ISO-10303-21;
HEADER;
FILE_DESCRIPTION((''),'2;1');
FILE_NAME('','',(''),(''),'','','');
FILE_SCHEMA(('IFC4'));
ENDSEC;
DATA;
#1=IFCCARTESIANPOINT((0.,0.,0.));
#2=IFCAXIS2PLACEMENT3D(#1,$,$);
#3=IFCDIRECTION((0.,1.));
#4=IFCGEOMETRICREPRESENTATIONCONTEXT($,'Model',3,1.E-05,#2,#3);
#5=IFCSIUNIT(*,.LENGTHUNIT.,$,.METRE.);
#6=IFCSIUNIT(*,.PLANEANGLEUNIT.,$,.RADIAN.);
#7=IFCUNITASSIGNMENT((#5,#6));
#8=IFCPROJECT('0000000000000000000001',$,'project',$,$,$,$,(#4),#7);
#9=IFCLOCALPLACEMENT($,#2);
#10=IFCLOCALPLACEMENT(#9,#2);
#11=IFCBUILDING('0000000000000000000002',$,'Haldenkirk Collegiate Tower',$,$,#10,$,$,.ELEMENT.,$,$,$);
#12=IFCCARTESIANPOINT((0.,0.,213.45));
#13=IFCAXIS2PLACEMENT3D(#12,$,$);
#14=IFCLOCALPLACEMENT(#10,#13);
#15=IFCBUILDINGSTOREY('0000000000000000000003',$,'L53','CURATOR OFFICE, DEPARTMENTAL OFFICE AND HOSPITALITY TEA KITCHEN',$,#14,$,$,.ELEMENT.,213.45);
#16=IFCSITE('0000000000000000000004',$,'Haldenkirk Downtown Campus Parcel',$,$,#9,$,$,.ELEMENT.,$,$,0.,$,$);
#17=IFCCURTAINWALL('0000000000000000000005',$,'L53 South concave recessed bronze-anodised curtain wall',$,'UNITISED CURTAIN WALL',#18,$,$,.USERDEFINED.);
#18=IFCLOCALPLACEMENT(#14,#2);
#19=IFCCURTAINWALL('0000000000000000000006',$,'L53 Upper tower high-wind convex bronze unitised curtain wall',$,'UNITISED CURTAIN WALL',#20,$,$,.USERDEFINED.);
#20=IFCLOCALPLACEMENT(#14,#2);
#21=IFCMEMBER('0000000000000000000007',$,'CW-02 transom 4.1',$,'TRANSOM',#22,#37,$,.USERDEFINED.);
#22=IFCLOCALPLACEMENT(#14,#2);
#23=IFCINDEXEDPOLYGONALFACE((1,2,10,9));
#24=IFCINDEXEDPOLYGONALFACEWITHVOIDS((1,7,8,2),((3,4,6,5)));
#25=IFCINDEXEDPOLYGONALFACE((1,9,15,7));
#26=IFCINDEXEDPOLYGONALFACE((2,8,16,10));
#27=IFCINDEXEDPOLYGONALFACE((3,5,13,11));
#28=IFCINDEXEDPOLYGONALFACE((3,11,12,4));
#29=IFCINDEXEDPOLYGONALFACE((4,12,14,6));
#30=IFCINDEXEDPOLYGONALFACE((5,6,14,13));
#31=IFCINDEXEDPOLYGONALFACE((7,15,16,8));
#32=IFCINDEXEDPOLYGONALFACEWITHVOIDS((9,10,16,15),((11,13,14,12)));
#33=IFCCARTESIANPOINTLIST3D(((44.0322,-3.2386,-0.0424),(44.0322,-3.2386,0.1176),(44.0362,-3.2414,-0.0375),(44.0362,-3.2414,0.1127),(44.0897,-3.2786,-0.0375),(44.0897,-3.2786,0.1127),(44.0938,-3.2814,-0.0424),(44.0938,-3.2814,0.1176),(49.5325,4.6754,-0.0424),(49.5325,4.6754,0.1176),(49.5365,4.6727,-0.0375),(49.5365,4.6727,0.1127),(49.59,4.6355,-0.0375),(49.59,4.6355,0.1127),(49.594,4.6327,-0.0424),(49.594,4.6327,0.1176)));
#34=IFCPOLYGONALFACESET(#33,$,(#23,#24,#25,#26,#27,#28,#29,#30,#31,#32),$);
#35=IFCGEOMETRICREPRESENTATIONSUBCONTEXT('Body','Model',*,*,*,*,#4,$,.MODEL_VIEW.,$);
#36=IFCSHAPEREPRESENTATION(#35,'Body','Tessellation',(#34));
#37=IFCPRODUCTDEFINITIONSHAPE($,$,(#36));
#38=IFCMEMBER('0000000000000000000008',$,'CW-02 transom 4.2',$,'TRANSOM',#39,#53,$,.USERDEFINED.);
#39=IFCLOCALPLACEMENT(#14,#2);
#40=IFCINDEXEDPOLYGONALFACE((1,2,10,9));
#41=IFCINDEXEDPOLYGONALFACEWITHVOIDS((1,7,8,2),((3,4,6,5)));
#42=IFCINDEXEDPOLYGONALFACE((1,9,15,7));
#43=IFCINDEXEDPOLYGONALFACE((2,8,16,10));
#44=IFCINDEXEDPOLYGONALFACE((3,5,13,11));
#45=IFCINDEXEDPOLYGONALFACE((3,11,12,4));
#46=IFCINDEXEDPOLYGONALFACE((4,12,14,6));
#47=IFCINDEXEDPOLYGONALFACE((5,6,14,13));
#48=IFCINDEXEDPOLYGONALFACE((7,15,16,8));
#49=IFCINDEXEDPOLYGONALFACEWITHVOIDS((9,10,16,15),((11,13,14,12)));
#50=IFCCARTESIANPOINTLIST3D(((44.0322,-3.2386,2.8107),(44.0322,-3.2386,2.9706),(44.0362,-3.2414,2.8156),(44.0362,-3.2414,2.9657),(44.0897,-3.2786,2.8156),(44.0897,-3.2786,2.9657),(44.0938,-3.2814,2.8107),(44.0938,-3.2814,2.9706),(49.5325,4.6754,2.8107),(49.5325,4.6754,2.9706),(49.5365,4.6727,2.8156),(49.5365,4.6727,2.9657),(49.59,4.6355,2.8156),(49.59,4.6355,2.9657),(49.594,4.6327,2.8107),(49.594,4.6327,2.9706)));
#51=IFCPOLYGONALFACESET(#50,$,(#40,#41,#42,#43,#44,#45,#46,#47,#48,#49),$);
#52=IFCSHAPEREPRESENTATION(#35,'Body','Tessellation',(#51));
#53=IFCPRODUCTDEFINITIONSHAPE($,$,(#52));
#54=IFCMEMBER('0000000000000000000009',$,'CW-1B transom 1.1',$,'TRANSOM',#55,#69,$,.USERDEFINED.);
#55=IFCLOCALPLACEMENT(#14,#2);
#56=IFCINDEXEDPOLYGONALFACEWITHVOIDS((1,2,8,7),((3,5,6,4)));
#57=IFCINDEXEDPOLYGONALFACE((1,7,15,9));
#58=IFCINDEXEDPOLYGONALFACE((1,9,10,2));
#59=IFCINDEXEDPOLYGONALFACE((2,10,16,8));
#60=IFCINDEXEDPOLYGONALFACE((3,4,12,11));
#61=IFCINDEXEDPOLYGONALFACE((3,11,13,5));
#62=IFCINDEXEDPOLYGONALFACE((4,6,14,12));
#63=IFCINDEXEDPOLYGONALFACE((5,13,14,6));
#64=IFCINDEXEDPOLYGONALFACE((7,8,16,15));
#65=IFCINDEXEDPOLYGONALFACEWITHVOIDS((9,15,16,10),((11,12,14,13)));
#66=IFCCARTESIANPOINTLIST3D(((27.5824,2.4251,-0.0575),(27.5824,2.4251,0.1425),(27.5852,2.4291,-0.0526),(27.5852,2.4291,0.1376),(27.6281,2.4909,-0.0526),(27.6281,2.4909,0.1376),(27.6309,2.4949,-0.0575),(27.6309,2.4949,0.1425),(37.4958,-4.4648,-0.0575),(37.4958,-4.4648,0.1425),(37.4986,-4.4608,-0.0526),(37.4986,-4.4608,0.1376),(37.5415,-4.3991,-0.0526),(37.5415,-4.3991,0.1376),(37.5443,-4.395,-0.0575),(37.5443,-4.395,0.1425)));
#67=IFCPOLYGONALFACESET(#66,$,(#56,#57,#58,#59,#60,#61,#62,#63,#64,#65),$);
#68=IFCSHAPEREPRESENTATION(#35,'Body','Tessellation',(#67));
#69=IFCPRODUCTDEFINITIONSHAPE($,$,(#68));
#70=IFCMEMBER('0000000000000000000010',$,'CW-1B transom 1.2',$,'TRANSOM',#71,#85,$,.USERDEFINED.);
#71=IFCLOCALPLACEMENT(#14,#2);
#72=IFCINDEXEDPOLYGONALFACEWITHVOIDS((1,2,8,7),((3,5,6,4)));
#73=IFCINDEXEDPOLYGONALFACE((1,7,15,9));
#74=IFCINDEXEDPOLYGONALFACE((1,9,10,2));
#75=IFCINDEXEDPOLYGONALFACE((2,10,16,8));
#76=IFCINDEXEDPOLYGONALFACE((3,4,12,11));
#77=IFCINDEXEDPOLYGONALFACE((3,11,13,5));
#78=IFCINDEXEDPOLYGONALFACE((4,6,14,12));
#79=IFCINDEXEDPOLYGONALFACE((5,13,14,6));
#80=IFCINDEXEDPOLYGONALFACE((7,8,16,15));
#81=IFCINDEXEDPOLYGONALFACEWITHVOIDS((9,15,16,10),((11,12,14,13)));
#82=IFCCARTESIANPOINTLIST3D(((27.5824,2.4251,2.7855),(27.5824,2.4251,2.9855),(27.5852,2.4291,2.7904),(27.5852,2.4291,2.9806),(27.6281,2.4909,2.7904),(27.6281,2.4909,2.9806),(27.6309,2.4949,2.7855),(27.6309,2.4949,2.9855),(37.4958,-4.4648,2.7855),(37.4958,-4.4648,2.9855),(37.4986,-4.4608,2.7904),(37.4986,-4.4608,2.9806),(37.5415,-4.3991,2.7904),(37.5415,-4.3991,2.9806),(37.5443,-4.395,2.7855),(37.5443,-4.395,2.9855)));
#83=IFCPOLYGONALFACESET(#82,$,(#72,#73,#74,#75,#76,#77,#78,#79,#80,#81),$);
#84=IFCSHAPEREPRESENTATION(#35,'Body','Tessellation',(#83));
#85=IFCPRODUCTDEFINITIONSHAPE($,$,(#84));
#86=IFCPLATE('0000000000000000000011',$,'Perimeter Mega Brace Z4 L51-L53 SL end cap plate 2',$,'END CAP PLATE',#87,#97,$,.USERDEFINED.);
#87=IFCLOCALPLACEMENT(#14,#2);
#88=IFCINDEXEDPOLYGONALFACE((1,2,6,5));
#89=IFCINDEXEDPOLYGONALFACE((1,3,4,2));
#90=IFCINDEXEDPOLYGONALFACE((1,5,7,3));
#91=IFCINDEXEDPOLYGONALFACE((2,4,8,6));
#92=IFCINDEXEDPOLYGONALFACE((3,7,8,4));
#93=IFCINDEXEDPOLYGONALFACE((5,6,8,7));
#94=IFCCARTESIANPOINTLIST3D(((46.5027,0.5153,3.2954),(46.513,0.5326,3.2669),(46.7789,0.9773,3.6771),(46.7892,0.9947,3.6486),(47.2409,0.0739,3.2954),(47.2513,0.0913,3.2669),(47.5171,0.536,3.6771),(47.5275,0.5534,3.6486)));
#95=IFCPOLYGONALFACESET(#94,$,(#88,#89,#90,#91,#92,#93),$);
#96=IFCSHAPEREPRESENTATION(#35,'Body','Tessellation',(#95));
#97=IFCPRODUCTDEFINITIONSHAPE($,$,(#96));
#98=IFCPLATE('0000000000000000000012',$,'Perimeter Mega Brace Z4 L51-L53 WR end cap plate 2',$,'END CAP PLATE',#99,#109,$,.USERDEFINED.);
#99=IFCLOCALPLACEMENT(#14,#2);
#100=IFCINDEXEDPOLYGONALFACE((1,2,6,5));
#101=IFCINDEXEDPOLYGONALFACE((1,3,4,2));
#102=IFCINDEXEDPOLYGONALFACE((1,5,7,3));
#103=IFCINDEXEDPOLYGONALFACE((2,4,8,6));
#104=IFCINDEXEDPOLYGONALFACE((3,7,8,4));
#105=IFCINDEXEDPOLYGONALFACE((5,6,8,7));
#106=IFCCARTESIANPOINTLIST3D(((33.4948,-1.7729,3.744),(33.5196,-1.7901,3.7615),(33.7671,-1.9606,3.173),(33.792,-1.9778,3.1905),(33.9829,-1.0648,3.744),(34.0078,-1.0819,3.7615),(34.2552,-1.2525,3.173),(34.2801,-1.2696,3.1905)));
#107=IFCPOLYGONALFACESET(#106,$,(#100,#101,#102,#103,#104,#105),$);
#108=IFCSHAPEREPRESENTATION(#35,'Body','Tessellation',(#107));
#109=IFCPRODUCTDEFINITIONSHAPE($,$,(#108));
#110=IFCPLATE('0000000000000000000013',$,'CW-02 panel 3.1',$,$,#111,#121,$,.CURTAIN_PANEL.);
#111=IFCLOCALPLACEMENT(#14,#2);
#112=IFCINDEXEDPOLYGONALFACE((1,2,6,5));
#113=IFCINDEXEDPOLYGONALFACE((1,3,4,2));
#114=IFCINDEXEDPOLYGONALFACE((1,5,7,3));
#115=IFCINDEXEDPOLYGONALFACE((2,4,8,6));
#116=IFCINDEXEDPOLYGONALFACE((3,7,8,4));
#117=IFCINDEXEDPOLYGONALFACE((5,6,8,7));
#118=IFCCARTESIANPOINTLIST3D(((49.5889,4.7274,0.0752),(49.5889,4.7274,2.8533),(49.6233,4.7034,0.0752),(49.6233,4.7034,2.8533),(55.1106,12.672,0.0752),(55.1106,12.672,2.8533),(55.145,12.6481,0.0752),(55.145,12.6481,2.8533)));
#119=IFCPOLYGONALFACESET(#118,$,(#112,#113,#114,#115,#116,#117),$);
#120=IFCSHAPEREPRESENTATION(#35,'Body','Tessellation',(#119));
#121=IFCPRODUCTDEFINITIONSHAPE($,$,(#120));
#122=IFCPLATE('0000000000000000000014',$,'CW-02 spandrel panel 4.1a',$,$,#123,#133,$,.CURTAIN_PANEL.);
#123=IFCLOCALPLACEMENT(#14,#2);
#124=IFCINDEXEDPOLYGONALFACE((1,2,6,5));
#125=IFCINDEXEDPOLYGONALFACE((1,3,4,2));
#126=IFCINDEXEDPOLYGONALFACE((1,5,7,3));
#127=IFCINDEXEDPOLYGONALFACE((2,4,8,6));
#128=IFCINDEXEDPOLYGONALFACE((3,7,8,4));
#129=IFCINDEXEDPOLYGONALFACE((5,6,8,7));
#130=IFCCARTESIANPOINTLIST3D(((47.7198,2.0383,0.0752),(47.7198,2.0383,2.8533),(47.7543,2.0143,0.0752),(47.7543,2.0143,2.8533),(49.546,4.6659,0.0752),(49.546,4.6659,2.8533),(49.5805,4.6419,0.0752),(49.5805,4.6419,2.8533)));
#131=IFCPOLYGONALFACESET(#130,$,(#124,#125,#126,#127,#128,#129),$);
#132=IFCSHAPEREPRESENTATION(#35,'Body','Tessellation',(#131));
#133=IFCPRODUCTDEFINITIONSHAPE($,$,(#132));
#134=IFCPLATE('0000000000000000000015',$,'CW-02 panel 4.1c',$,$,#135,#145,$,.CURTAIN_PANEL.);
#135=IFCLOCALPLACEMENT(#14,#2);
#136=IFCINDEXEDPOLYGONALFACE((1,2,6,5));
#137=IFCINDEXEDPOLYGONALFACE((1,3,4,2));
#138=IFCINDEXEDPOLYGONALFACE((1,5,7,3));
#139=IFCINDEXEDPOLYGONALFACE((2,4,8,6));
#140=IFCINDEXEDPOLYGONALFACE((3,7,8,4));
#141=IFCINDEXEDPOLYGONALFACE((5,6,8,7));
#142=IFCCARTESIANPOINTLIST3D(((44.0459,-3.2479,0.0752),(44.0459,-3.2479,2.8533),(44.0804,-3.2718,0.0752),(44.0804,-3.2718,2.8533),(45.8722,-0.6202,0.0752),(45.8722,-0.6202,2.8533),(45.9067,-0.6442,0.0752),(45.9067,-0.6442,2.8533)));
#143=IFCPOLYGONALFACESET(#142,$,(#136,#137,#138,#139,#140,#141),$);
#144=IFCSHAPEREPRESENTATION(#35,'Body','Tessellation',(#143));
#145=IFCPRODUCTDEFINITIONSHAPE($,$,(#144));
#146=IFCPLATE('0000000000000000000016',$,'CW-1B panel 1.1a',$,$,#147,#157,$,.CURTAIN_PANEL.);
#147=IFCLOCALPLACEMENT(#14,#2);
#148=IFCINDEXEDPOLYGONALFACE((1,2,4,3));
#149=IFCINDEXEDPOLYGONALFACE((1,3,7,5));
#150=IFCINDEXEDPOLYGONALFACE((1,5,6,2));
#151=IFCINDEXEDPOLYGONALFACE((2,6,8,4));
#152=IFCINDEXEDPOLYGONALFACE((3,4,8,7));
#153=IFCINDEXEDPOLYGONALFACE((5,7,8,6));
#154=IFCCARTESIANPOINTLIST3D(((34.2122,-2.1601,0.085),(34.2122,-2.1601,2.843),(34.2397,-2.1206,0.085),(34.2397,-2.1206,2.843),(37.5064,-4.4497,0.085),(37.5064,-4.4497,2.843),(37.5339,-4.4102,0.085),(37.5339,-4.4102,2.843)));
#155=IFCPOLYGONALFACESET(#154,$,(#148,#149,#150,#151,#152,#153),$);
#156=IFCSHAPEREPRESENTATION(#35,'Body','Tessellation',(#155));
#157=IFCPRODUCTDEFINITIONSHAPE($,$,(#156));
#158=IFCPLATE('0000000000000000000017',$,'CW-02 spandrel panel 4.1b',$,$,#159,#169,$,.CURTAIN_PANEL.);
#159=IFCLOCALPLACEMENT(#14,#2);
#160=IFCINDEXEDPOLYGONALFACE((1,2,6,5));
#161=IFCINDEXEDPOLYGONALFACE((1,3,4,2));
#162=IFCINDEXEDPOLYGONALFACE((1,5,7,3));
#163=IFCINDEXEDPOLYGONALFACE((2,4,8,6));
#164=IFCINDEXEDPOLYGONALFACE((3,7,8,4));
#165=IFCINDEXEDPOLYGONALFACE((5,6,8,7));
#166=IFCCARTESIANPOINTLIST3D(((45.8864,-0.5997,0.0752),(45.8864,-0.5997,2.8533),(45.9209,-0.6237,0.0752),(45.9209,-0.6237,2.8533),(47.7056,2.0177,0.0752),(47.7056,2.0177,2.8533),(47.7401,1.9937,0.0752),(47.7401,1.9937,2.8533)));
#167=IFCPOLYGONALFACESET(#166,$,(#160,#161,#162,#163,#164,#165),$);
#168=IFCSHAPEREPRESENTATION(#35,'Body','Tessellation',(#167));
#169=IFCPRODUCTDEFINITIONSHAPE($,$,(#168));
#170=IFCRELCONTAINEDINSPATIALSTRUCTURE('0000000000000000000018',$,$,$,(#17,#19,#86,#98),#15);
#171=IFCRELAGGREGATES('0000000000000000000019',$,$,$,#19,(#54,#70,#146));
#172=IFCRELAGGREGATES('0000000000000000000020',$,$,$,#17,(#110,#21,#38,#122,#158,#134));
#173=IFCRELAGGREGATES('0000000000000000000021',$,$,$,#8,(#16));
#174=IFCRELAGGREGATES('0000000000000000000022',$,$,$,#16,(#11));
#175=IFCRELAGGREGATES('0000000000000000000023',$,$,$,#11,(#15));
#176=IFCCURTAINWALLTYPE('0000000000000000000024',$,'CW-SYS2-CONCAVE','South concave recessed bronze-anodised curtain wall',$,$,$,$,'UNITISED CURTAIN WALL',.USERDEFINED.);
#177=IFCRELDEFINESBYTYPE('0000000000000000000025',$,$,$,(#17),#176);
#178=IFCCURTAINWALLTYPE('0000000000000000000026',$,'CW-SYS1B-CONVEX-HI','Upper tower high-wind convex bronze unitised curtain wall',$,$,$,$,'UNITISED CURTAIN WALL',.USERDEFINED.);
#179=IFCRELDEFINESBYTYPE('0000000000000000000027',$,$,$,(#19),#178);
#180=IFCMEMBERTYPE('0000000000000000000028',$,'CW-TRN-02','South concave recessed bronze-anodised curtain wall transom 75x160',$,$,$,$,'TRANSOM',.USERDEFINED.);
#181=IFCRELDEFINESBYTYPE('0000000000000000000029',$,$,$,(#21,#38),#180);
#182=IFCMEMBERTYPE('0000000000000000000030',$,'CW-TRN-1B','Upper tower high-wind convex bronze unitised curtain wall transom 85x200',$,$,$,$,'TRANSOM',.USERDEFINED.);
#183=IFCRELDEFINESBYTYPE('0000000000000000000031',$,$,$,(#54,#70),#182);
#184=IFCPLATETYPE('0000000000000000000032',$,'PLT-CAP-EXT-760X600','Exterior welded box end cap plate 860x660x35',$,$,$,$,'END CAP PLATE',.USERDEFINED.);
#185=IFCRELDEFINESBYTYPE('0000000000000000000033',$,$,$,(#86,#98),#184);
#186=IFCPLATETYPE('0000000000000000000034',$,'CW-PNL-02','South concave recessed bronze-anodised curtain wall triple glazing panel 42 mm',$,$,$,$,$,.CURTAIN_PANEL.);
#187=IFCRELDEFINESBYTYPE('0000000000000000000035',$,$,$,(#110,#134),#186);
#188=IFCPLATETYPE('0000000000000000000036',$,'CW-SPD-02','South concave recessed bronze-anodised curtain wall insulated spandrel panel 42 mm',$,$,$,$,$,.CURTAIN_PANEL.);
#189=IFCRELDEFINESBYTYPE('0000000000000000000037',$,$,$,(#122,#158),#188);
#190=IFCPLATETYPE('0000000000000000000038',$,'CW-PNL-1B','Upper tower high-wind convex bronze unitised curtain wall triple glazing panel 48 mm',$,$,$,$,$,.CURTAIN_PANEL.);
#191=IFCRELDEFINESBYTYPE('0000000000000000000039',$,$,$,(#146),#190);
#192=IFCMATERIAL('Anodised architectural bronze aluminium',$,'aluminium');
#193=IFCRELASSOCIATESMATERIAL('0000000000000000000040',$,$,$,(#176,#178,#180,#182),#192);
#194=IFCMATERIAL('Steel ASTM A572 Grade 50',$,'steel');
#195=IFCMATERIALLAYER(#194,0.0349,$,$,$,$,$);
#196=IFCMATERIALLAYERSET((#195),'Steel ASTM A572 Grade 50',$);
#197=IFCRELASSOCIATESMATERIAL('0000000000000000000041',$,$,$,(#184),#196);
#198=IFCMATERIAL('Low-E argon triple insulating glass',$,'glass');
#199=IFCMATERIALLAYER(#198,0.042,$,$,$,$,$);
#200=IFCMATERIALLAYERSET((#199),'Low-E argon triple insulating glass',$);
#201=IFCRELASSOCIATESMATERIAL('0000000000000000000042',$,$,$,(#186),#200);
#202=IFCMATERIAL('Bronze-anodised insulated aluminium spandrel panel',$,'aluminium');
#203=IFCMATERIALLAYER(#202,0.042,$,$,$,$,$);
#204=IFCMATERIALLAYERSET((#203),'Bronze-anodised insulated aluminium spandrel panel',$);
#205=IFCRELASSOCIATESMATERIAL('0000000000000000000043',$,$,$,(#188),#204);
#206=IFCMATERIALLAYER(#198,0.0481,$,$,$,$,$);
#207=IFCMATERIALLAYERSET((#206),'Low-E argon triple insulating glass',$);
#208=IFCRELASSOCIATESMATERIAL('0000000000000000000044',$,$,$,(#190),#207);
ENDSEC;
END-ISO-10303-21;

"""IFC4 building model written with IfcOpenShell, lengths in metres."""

from ifc_helpers import new_model, si_unit, direction, frame, origin, origin_2d, place, context, subcontext, project, spatial, rectangle, hollow_rectangle, extrude, source, transform, mapped, material, layer, layer_set, material_profile, profile_set, type_object, element, aggregate, save


model = new_model("IFC4")

# Units and contexts
model_context = context("Model", 3, precision=1e-05, world=origin(), true_north=direction((0.0, 1.0)))
body_context = subcontext(model_context, "Body", "Model", "MODEL_VIEW")
ifc_project = project(units=[si_unit("LENGTHUNIT", "METRE"), si_unit("PLANEANGLEUNIT", "RADIAN")], contexts=[model_context])

# Site, building, storey
site_placement = place(None, origin())
site = spatial("IfcSite", under=ifc_project, at=site_placement, Name="Haldenkirk Downtown Campus Parcel", CompositionType="ELEMENT", RefElevation=0.0)
building_placement = place(site_placement, origin())
building = spatial("IfcBuilding", under=site, at=building_placement, Name="Haldenkirk Collegiate Tower", CompositionType="ELEMENT")
storey_placement = place(building_placement, frame((0.0, 0.0, 213.45)))
storey = spatial("IfcBuildingStorey", under=building, at=storey_placement, Name="L53", Description="CURATOR OFFICE, DEPARTMENTAL OFFICE AND HOSPITALITY TEA KITCHEN", CompositionType="ELEMENT", Elevation=213.45)

# Shared definitions
ifc_material_1 = material(Name="Steel ASTM A572 Grade 50", Category="steel")

# Curtain wall
ifc_material_2 = material(Name="Anodised architectural bronze aluminium", Category="aluminium")
curtain_wall_type_1 = type_object("IfcCurtainWallType", Name="CW-SYS2-CONCAVE", Description="South concave recessed bronze-anodised curtain wall", ElementType="UNITISED CURTAIN WALL", PredefinedType="USERDEFINED", material=ifc_material_2)
curtain_wall_1_placement = place(storey_placement, origin())
curtain_wall_1 = element("IfcCurtainWall", 1, at=curtain_wall_1_placement, inside=storey, type_object=curtain_wall_type_1, Name="L53 South concave recessed bronze-anodised curtain wall", ObjectType="UNITISED CURTAIN WALL", PredefinedType="USERDEFINED")

# Curtain wall
curtain_wall_type_2 = type_object("IfcCurtainWallType", Name="CW-SYS1B-CONVEX-HI", Description="Upper tower high-wind convex bronze unitised curtain wall", ElementType="UNITISED CURTAIN WALL", PredefinedType="USERDEFINED", material=ifc_material_2)
curtain_wall_2_placement = place(storey_placement, origin())
curtain_wall_2 = element("IfcCurtainWall", 2, at=curtain_wall_2_placement, inside=storey, type_object=curtain_wall_type_2, Name="L53 Upper tower high-wind convex bronze unitised curtain wall", ObjectType="UNITISED CURTAIN WALL", PredefinedType="USERDEFINED")

# Members
ifc_material_profile_1 = material_profile(ifc_material_2, hollow_rectangle(XDim=0.075, YDim=0.1599, WallThickness=0.0049, at=origin_2d()), Name="CW-TRN-02")
ifc_profile_set_1 = profile_set([ifc_material_profile_1], Name="Anodised architectural bronze aluminium")
member_type_1 = type_object("IfcMemberType", Name="CW-TRN-02", Description="South concave recessed bronze-anodised curtain wall transom 75x160", ElementType="TRANSOM", PredefinedType="USERDEFINED", material=ifc_profile_set_1)
member_1_placement = place(storey_placement, frame((49.5632, 4.6541, 0.0376), z_axis=(-0.570701, -0.821158, 0.0), x_axis=(0.821158, -0.570701, 0.0)))
member_1 = element("IfcMember", 3, at=member_1_placement, type_object=member_type_1, Name="CW-02 transom 4.1", ObjectType="TRANSOM", PredefinedType="USERDEFINED", context=body_context, shape_type="SweptSolid", body=[
    extrude(hollow_rectangle(XDim=0.075, YDim=0.1599, WallThickness=0.0049, at=origin_2d()), origin(), (0.0, 0.0, 1.0), 9.6377),
])
member_2_placement = place(storey_placement, frame((49.5632, 4.6541, 2.8906), z_axis=(-0.570701, -0.821158, 0.0), x_axis=(0.821158, -0.570701, 0.0)))
member_2 = element("IfcMember", 4, at=member_2_placement, type_object=member_type_1, Name="CW-02 transom 4.2", ObjectType="TRANSOM", PredefinedType="USERDEFINED", context=body_context, shape_type="SweptSolid", body=[
    extrude(hollow_rectangle(XDim=0.075, YDim=0.1599, WallThickness=0.0049, at=origin_2d()), origin(), (0.0, 0.0, 1.0), 9.6377),
])
ifc_material_profile_2 = material_profile(ifc_material_2, hollow_rectangle(XDim=0.085, YDim=0.2, WallThickness=0.0049, at=origin_2d()), Name="CW-TRN-1B")
ifc_profile_set_2 = profile_set([ifc_material_profile_2], Name="Anodised architectural bronze aluminium")
member_type_2 = type_object("IfcMemberType", Name="CW-TRN-1B", Description="Upper tower high-wind convex bronze unitised curtain wall transom 85x200", ElementType="TRANSOM", PredefinedType="USERDEFINED", material=ifc_profile_set_2)
member_3_placement = place(storey_placement, frame((37.52, -4.4299, 0.0425), z_axis=(-0.821151, 0.570711, 0.0), x_axis=(-0.570711, -0.821151, 0.0)))
member_3 = element("IfcMember", 5, at=member_3_placement, type_object=member_type_2, Name="CW-1B transom 1.1", ObjectType="TRANSOM", PredefinedType="USERDEFINED", context=body_context, shape_type="SweptSolid", body=[
    extrude(hollow_rectangle(XDim=0.085, YDim=0.2, WallThickness=0.0049, at=origin_2d()), origin(), (0.0, 0.0, 1.0), 12.0725),
])
member_4_placement = place(storey_placement, frame((37.52, -4.4299, 2.8855), z_axis=(-0.821151, 0.570711, 0.0), x_axis=(-0.570711, -0.821151, 0.0)))
member_4 = element("IfcMember", 6, at=member_4_placement, type_object=member_type_2, Name="CW-1B transom 1.2", ObjectType="TRANSOM", PredefinedType="USERDEFINED", context=body_context, shape_type="SweptSolid", body=[
    extrude(hollow_rectangle(XDim=0.085, YDim=0.2, WallThickness=0.0049, at=origin_2d()), origin(), (0.0, 0.0, 1.0), 12.0725),
])

# Plates
ifc_layer_1 = layer(ifc_material_1, 0.0349)
ifc_layer_set_1 = layer_set([ifc_layer_1], Name="Steel ASTM A572 Grade 50")
plate_type_1 = type_object("IfcPlateType", Name="PLT-CAP-EXT-760X600", Description="Exterior welded box end cap plate 860x660x35", ElementType="END CAP PLATE", PredefinedType="USERDEFINED", material=ifc_layer_set_1)
shared_shape_1 = source(origin(), body_context, "Body", "SweptSolid", [
    extrude(rectangle(XDim=0.8601, YDim=0.6599, at=origin_2d()), origin(), (0.0, 0.0, 1.0), 0.0349),
])
for number, where, z_axis, x_axis, name in (
    (7, (47.0203, 0.543, 3.4578), (-0.296758, -0.496444, 0.815768), (0.858337, -0.513086, 0.0), "Perimeter Mega Brace Z4 L51-L53 SL end cap plate 2"),
    (8, (33.875, -1.5127, 3.4585), (0.712468, -0.491091, 0.501217), (0.567524, 0.823357, 0.0), "Perimeter Mega Brace Z4 L51-L53 WR end cap plate 2"),
):
    element("IfcPlate", number, at=place(storey_placement, frame(where, z_axis=z_axis, x_axis=x_axis)), inside=storey, type_object=plate_type_1, Name=name, ObjectType="END CAP PLATE", PredefinedType="USERDEFINED", context=body_context, shape_type="MappedRepresentation", body=[
        mapped(shared_shape_1, transform((0.0, 0.0, 0.0), x_axis=(1.0, 0.0, 0.0), y_axis=(0.0, 1.0, 0.0), z_axis=(0.0, 0.0, 1.0), scale=1.0)),
    ])

# Plates
ifc_material_3 = material(Name="Low-E argon triple insulating glass", Category="glass")
ifc_layer_2 = layer(ifc_material_3, 0.042)
ifc_layer_set_2 = layer_set([ifc_layer_2], Name="Low-E argon triple insulating glass")
plate_type_2 = type_object("IfcPlateType", Name="CW-PNL-02", Description="South concave recessed bronze-anodised curtain wall triple glazing panel 42 mm", PredefinedType="CURTAIN_PANEL", material=ifc_layer_set_2)
shared_shape_2 = source(origin(), body_context, "Body", "SweptSolid", [
    extrude(rectangle(XDim=9.675, YDim=0.042, at=origin_2d()), origin(), (0.0, 0.0, 1.0), 2.7781),
])
plate_1_placement = place(storey_placement, frame((52.3669, 8.6877, 0.0752), z_axis=(0.0, 0.0, 1.0), x_axis=(-0.570716, -0.821148, 0.0)))
plate_1 = element("IfcPlate", 9, at=plate_1_placement, type_object=plate_type_2, Name="CW-02 panel 3.1", PredefinedType="CURTAIN_PANEL", context=body_context, shape_type="MappedRepresentation", body=[
    mapped(shared_shape_2, transform((0.0, 0.0, 0.0), x_axis=(1.0, 0.0, 0.0), y_axis=(0.0, 1.0, 0.0), z_axis=(0.0, 0.0, 1.0), scale=1.0)),
])
ifc_material_4 = material(Name="Bronze-anodised insulated aluminium spandrel panel", Category="aluminium")
ifc_layer_3 = layer(ifc_material_4, 0.042)
ifc_layer_set_3 = layer_set([ifc_layer_3], Name="Bronze-anodised insulated aluminium spandrel panel")
plate_type_3 = type_object("IfcPlateType", Name="CW-SPD-02", Description="South concave recessed bronze-anodised curtain wall insulated spandrel panel 42 mm", PredefinedType="CURTAIN_PANEL", material=ifc_layer_set_3)
shared_shape_3 = source(origin(), body_context, "Body", "SweptSolid", [
    extrude(rectangle(XDim=3.2, YDim=0.042, at=origin_2d()), origin(), (0.0, 0.0, 1.0), 2.7781),
])
plate_2_placement = place(storey_placement, frame((48.6501, 3.3401, 0.0752), z_axis=(0.0, 0.0, 1.0), x_axis=(-0.570716, -0.821148, 0.0)))
plate_2 = element("IfcPlate", 10, at=plate_2_placement, type_object=plate_type_3, Name="CW-02 spandrel panel 4.1a", PredefinedType="CURTAIN_PANEL", context=body_context, shape_type="MappedRepresentation", body=[
    mapped(shared_shape_3, transform((0.0, 0.0, 0.0), x_axis=(1.0, 0.0, 0.0), y_axis=(0.0, 1.0, 0.0), z_axis=(0.0, 0.0, 1.0), scale=1.0)),
])
plate_3_placement = place(storey_placement, frame((44.9763, -1.946, 0.0752), z_axis=(0.0, 0.0, 1.0), x_axis=(-0.570716, -0.821148, 0.0)))
plate_3 = element("IfcPlate", 11, at=plate_3_placement, type_object=plate_type_2, Name="CW-02 panel 4.1c", PredefinedType="CURTAIN_PANEL", context=body_context, shape_type="MappedRepresentation", body=[
    mapped(shared_shape_3, transform((0.0, 0.0, 0.0), x_axis=(1.0, 0.0, 0.0), y_axis=(0.0, 1.0, 0.0), z_axis=(0.0, 0.0, 1.0), scale=1.0)),
])
ifc_layer_4 = layer(ifc_material_3, 0.0481)
ifc_layer_set_4 = layer_set([ifc_layer_4], Name="Low-E argon triple insulating glass")
plate_type_4 = type_object("IfcPlateType", Name="CW-PNL-1B", Description="Upper tower high-wind convex bronze unitised curtain wall triple glazing panel 48 mm", PredefinedType="CURTAIN_PANEL", material=ifc_layer_set_4)
shared_shape_4 = source(origin(), body_context, "Body", "SweptSolid", [
    extrude(rectangle(XDim=4.0117, YDim=0.0481, at=origin_2d()), origin(), (0.0, 0.0, 1.0), 2.7581),
])
plate_4_placement = place(storey_placement, frame((35.873, -3.2852, 0.085), z_axis=(0.0, 0.0, 1.0), x_axis=(-0.821148, 0.570715, 0.0)))
plate_4 = element("IfcPlate", 12, at=plate_4_placement, type_object=plate_type_4, Name="CW-1B panel 1.1a", PredefinedType="CURTAIN_PANEL", context=body_context, shape_type="MappedRepresentation", body=[
    mapped(shared_shape_4, transform((0.0, 0.0, 0.0), x_axis=(1.0, 0.0, 0.0), y_axis=(0.0, 1.0, 0.0), z_axis=(0.0, 0.0, 1.0), scale=1.0)),
])
aggregate(curtain_wall_2, [member_3, member_4, plate_4])
shared_shape_5 = source(origin(), body_context, "Body", "SweptSolid", [
    extrude(rectangle(XDim=3.1875, YDim=0.042, at=origin_2d()), origin(), (0.0, 0.0, 1.0), 2.7781),
])
plate_5_placement = place(storey_placement, frame((46.8132, 0.697, 0.0752), z_axis=(0.0, 0.0, 1.0), x_axis=(-0.570716, -0.821148, 0.0)))
plate_5 = element("IfcPlate", 13, at=plate_5_placement, type_object=plate_type_3, Name="CW-02 spandrel panel 4.1b", PredefinedType="CURTAIN_PANEL", context=body_context, shape_type="MappedRepresentation", body=[
    mapped(shared_shape_5, transform((0.0, 0.0, 0.0), x_axis=(1.0, 0.0, 0.0), y_axis=(0.0, 1.0, 0.0), z_axis=(0.0, 0.0, 1.0), scale=1.0)),
])
aggregate(curtain_wall_1, [plate_1, member_1, member_2, plate_2, plate_5, plate_3])

save(model, "model.ifc")
